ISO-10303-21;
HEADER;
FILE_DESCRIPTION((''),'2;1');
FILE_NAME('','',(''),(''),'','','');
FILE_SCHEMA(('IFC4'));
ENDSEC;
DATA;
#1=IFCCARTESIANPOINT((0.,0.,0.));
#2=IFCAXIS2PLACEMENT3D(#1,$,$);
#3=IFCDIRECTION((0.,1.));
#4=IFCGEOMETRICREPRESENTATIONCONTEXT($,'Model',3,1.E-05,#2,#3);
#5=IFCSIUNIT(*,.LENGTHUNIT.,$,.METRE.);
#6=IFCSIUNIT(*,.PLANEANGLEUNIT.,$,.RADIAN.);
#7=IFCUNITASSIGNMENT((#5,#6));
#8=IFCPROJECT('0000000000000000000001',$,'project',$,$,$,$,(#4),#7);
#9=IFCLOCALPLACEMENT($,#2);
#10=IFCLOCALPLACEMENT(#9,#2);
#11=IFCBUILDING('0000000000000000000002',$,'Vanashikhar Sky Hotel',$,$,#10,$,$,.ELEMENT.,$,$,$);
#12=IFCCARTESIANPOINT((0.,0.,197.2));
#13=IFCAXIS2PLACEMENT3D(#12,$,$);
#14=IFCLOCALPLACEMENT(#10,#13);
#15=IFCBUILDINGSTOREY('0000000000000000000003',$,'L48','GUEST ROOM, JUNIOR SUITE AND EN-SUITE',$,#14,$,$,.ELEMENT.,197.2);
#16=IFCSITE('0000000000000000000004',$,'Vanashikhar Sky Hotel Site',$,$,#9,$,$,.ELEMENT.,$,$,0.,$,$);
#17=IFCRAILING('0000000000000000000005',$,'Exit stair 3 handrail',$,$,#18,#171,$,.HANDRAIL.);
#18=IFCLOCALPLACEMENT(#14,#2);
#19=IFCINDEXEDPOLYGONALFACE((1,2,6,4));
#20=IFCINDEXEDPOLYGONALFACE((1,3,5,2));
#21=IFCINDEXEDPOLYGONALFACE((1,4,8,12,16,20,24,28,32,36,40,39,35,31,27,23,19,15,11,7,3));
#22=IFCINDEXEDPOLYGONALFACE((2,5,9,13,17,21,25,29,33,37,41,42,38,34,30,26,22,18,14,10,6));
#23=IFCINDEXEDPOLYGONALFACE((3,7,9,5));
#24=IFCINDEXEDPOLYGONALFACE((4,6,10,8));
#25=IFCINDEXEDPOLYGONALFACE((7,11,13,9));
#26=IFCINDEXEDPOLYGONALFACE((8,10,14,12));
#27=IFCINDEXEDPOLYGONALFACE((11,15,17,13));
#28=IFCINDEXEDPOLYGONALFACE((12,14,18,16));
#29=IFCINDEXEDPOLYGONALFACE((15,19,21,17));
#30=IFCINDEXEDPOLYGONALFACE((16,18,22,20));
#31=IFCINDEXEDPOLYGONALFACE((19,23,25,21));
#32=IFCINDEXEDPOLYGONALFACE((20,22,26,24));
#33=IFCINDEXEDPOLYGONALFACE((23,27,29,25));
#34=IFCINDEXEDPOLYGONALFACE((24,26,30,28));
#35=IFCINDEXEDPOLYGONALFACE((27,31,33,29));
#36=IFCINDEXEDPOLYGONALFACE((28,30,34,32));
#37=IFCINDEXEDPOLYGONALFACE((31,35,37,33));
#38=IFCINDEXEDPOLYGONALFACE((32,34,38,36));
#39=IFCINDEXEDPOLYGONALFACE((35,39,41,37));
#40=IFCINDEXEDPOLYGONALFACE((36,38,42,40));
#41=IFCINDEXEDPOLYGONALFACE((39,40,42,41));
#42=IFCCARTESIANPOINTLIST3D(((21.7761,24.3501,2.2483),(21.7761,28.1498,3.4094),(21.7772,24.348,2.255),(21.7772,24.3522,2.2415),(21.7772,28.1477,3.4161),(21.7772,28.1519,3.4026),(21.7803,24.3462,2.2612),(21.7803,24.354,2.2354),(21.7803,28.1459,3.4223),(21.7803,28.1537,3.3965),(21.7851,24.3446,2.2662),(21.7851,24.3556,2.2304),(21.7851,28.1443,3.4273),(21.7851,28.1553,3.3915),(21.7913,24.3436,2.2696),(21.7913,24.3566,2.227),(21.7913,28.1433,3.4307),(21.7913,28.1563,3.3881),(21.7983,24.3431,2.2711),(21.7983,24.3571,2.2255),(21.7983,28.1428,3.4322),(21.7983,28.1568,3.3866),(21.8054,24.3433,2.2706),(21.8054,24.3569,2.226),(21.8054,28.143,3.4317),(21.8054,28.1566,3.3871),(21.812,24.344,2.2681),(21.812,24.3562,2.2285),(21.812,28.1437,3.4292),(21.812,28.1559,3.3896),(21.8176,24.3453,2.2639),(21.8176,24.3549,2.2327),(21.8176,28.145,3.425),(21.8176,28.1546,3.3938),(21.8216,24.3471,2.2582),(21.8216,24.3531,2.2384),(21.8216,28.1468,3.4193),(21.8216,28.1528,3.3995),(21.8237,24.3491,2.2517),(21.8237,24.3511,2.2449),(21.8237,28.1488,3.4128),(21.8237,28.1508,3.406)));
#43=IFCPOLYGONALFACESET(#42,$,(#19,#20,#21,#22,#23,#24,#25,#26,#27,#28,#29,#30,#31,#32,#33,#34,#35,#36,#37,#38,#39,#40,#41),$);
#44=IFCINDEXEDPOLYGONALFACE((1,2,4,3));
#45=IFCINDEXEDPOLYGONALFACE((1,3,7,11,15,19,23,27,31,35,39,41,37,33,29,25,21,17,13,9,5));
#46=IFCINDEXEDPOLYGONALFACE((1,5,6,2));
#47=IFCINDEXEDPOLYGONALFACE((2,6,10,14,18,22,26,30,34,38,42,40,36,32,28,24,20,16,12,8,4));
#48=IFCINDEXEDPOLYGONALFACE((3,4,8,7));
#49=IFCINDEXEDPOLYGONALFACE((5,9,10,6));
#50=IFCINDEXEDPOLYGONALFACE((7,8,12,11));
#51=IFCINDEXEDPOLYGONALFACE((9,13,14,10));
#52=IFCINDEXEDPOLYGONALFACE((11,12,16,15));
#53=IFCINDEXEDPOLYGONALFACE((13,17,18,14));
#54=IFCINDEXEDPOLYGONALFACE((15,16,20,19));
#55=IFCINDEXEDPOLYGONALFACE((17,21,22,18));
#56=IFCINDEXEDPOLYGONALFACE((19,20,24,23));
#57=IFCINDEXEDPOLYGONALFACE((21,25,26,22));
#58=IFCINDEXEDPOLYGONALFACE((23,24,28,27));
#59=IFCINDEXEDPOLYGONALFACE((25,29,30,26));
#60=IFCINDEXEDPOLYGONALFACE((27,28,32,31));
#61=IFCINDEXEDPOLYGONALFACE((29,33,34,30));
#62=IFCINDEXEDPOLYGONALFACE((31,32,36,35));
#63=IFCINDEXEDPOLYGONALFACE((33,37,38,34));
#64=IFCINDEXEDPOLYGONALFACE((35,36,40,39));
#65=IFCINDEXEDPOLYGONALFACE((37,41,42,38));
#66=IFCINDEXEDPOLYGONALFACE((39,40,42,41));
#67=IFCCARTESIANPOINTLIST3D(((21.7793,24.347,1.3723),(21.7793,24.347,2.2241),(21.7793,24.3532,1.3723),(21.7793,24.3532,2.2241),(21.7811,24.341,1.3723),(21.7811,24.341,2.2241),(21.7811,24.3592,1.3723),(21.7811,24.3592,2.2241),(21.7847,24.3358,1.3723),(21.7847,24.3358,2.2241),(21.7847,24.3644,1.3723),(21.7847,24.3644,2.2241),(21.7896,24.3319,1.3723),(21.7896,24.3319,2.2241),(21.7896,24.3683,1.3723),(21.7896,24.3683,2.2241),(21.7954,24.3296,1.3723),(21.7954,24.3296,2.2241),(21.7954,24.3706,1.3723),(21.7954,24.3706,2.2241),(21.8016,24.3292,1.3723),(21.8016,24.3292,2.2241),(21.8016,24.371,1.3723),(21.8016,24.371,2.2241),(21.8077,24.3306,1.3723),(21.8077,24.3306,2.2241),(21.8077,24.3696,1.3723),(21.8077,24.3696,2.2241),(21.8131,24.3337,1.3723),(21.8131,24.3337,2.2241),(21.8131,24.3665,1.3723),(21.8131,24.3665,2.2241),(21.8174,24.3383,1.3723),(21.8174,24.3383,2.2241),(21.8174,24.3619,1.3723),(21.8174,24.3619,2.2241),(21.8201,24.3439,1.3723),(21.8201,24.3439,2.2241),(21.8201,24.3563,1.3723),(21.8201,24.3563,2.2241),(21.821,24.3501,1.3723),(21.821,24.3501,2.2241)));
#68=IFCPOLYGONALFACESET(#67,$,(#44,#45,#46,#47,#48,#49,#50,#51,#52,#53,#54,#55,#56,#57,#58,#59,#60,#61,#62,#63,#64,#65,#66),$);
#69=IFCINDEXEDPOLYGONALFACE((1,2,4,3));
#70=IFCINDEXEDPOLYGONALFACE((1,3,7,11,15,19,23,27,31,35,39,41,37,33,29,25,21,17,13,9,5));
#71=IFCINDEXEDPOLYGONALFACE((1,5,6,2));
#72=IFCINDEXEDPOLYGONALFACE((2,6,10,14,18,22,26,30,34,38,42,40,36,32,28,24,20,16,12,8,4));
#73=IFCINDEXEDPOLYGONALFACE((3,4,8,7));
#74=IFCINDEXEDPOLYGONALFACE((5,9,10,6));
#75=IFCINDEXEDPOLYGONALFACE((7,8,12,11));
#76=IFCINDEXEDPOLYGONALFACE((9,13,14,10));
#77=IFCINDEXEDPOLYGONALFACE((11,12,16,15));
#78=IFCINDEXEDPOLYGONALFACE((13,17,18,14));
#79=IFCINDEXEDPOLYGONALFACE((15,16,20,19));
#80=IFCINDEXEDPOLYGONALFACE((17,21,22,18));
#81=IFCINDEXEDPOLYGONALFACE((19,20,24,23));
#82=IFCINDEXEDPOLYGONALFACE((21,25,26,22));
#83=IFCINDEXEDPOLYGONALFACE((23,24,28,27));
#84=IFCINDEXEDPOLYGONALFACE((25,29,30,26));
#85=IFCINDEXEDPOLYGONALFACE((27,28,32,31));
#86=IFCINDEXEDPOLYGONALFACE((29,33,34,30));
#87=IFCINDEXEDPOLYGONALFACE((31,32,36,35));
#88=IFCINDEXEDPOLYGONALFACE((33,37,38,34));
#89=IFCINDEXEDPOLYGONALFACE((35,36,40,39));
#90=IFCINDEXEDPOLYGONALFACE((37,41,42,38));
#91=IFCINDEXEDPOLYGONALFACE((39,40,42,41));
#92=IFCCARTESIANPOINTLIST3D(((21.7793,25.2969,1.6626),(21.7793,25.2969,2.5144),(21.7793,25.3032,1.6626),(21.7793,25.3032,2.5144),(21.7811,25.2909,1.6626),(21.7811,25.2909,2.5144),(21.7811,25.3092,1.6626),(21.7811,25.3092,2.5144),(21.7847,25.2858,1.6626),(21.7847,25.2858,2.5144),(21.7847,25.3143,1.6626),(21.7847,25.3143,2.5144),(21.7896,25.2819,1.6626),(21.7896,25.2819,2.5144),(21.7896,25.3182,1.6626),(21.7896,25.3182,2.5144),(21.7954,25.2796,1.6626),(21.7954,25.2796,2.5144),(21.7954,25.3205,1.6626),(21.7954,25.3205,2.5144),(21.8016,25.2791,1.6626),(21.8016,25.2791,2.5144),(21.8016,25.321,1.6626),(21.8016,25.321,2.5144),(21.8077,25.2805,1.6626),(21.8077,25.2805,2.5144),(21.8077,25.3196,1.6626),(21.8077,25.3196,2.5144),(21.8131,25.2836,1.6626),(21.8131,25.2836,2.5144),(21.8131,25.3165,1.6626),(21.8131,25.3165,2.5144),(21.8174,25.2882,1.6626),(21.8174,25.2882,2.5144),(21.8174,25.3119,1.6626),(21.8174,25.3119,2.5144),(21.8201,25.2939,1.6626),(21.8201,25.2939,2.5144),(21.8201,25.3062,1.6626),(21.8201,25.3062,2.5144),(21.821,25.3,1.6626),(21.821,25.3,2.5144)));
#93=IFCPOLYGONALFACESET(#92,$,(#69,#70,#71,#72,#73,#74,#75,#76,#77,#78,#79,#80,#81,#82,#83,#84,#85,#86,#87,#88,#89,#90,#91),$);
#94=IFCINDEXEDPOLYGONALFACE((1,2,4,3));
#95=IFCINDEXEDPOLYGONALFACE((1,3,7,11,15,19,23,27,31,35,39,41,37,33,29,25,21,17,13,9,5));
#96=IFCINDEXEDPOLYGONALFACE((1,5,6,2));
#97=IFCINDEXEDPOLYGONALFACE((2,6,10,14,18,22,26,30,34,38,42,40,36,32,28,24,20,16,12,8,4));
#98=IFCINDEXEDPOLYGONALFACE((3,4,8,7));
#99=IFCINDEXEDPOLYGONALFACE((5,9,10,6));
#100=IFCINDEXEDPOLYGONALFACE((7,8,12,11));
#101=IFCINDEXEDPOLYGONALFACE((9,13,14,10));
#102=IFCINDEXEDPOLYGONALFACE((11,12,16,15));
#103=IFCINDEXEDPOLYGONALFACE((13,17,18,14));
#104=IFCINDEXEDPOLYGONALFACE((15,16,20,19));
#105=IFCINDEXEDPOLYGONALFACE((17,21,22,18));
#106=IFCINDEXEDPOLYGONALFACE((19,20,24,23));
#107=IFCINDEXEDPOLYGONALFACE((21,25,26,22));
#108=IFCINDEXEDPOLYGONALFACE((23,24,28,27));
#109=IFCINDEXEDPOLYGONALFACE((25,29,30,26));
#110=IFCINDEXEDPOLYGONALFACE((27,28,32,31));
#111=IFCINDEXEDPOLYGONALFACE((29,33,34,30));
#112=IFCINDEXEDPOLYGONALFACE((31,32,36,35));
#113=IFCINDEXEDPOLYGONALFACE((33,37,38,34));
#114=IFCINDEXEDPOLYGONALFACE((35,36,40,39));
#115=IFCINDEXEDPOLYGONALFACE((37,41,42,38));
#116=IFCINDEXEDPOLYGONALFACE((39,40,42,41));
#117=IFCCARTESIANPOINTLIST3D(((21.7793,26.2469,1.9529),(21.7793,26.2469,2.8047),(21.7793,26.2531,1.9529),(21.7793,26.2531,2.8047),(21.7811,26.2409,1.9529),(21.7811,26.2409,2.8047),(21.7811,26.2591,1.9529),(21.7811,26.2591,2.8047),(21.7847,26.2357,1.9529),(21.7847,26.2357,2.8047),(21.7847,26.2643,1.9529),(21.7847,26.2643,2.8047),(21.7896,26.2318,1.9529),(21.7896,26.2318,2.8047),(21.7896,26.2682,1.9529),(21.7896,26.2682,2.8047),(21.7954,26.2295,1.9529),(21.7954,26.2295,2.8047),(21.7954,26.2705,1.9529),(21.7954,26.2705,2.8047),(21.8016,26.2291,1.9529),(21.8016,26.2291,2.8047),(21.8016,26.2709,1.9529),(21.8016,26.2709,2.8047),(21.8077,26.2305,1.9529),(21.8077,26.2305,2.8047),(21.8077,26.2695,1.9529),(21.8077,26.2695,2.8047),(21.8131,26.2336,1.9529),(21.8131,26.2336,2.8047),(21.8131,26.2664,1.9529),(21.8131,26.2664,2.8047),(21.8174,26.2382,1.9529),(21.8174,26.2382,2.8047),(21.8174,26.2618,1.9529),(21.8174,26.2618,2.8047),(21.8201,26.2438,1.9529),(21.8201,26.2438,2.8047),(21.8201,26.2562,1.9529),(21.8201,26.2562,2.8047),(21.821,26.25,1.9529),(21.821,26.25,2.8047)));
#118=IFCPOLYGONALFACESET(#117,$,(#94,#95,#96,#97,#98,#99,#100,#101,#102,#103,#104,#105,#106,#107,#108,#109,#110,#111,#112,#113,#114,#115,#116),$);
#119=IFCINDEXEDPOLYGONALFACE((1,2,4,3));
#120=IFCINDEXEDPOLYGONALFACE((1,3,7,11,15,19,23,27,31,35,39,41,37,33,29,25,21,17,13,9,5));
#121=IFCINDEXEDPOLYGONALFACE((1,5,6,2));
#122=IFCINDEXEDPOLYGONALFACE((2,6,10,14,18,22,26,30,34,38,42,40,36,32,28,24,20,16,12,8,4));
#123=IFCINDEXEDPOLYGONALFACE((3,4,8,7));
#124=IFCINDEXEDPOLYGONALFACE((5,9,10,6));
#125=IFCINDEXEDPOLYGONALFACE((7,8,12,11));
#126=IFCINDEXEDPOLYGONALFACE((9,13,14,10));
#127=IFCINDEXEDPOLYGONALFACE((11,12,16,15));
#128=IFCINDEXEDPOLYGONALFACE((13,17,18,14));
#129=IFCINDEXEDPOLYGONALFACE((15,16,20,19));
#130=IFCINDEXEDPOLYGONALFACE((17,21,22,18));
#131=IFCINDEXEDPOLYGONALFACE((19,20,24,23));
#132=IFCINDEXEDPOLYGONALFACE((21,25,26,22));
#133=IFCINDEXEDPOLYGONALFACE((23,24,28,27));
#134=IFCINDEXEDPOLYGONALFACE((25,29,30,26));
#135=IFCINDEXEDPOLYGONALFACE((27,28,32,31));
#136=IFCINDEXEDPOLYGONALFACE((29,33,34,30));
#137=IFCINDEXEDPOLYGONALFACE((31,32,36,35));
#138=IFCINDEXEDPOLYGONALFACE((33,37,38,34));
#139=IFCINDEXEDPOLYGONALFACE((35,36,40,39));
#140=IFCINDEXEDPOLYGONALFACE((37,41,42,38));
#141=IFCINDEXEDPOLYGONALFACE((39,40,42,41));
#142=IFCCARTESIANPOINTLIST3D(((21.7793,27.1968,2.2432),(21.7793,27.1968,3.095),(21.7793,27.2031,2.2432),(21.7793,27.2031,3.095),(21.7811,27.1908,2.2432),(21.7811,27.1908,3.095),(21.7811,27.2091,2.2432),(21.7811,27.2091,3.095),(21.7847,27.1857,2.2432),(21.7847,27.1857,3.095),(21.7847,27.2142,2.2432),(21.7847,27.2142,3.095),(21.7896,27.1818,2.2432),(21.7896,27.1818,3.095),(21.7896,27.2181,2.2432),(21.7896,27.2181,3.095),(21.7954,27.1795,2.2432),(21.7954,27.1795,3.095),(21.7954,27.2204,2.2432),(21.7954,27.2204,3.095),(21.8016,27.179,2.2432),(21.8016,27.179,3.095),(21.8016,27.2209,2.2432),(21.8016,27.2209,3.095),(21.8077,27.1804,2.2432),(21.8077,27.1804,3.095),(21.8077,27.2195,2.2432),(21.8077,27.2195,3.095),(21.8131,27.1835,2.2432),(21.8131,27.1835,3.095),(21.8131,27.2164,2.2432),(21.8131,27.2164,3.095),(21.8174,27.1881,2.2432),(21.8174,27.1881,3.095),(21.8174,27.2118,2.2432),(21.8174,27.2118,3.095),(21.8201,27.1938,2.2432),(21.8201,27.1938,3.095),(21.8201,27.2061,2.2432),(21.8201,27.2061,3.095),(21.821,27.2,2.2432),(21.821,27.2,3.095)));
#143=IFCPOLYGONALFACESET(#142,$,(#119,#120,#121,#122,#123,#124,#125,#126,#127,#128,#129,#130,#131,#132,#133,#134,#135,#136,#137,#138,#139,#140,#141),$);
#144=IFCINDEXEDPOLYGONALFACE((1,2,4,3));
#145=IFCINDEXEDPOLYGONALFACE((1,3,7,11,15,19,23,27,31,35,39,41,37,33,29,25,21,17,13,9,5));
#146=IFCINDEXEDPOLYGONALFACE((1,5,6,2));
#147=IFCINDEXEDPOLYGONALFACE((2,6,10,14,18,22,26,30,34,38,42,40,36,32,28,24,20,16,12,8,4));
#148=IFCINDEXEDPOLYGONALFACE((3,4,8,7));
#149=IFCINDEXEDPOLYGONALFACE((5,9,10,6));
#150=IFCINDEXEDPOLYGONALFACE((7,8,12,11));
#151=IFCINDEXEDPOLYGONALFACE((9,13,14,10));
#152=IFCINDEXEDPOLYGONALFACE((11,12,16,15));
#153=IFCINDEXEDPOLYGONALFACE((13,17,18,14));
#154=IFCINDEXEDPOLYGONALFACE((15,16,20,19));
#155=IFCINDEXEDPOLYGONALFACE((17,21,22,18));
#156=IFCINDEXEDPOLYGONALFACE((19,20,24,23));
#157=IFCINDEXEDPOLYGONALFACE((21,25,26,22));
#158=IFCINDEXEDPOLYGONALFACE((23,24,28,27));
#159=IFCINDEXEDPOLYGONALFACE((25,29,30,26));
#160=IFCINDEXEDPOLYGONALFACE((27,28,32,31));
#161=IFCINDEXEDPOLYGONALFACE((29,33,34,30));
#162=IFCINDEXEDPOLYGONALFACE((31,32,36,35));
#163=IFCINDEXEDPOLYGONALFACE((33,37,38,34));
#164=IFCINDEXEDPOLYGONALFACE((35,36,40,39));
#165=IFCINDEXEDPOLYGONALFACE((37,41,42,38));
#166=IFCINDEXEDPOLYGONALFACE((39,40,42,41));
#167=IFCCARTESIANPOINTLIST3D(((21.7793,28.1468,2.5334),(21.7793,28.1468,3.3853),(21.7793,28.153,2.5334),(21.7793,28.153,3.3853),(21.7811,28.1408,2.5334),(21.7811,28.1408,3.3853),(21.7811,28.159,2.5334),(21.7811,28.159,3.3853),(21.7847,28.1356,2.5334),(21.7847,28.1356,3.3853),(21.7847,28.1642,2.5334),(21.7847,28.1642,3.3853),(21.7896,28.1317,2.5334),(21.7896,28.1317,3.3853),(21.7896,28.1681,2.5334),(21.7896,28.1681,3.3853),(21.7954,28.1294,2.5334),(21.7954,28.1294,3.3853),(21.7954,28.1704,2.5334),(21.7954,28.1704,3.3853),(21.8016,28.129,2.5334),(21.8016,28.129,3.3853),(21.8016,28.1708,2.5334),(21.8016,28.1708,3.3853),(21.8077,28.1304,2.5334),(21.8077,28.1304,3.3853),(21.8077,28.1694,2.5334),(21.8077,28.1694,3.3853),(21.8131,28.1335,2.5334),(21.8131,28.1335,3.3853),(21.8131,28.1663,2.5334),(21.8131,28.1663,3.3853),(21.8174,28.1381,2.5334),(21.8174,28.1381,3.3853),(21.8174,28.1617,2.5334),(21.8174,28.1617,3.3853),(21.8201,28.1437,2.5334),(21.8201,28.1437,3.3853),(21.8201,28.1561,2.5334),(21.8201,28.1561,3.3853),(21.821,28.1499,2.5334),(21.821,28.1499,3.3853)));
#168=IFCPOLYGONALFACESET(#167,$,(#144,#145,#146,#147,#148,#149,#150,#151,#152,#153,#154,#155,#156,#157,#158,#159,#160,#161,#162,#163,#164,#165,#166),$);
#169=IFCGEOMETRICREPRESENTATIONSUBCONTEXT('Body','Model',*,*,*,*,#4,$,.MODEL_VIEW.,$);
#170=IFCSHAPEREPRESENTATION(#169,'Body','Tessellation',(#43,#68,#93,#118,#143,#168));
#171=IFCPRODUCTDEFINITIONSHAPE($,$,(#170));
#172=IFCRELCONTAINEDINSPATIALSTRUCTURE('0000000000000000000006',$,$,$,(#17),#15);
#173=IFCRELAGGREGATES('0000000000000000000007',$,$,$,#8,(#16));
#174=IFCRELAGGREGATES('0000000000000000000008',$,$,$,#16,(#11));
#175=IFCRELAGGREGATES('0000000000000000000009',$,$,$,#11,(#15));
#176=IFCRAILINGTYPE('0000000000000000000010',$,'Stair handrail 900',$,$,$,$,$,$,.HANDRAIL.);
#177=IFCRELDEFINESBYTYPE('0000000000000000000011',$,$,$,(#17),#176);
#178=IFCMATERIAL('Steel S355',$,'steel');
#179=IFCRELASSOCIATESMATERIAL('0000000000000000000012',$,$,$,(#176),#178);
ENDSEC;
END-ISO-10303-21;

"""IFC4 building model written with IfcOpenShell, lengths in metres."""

from ifc_helpers import new_model, si_unit, direction, frame, origin, origin_2d, place, context, subcontext, project, spatial, circle, extrude, source, transform, mapped, material, type_object, element, save


model = new_model("IFC4")

# Units and contexts
model_context = context("Model", 3, precision=1e-05, world=origin(), true_north=direction((0.0, 1.0)))
body_context = subcontext(model_context, "Body", "Model", "MODEL_VIEW")
ifc_project = project(units=[si_unit("LENGTHUNIT", "METRE"), si_unit("PLANEANGLEUNIT", "RADIAN")], contexts=[model_context])

# Site, building, storey
site_placement = place(None, origin())
site = spatial("IfcSite", under=ifc_project, at=site_placement, Name="Vanashikhar Sky Hotel Site", CompositionType="ELEMENT", RefElevation=0.0)
building_placement = place(site_placement, origin())
building = spatial("IfcBuilding", under=site, at=building_placement, Name="Vanashikhar Sky Hotel", CompositionType="ELEMENT")
storey_placement = place(building_placement, frame((0.0, 0.0, 197.2)))
storey = spatial("IfcBuildingStorey", under=building, at=storey_placement, Name="L48", Description="GUEST ROOM, JUNIOR SUITE AND EN-SUITE", CompositionType="ELEMENT", Elevation=197.2)

# Railing
ifc_material_1 = material(Name="Steel S355", Category="steel")
railing_type = type_object("IfcRailingType", Name="Stair handrail 900", PredefinedType="HANDRAIL", material=ifc_material_1)
shared_shape_1 = source(origin(), body_context, "Body", "SweptSolid", [
    extrude(circle(Radius=0.0239, at=origin_2d()), frame((0.0, 0.0, 0.876), z_axis=(0.0, 0.956346, 0.292237), x_axis=(-1.0, 0.0, 0.0)), (0.0, 0.0, 1.0), 3.9731),
    extrude(circle(Radius=0.021, at=origin_2d()), origin(), (0.0, 0.0, 1.0), 0.8518),
    extrude(circle(Radius=0.021, at=origin_2d()), frame((0.0, 0.95, 0.2903)), (0.0, 0.0, 1.0), 0.8518),
    extrude(circle(Radius=0.021, at=origin_2d()), frame((0.0, 1.8999, 0.5806)), (0.0, 0.0, 1.0), 0.8518),
    extrude(circle(Radius=0.021, at=origin_2d()), frame((0.0, 2.8499, 0.8708)), (0.0, 0.0, 1.0), 0.8518),
    extrude(circle(Radius=0.021, at=origin_2d()), frame((0.0, 3.7998, 1.1611)), (0.0, 0.0, 1.0), 0.8518),
])
railing_placement = place(storey_placement, frame((21.8, 24.3501, 1.3723)))
element("IfcRailing", 1, at=railing_placement, inside=storey, type_object=railing_type, Name="Exit stair 3 handrail", PredefinedType="HANDRAIL", context=body_context, shape_type="MappedRepresentation", body=[
    mapped(shared_shape_1, transform((0.0, 0.0, 0.0), scale=1.0)),
])

save(model, "model.ifc")
